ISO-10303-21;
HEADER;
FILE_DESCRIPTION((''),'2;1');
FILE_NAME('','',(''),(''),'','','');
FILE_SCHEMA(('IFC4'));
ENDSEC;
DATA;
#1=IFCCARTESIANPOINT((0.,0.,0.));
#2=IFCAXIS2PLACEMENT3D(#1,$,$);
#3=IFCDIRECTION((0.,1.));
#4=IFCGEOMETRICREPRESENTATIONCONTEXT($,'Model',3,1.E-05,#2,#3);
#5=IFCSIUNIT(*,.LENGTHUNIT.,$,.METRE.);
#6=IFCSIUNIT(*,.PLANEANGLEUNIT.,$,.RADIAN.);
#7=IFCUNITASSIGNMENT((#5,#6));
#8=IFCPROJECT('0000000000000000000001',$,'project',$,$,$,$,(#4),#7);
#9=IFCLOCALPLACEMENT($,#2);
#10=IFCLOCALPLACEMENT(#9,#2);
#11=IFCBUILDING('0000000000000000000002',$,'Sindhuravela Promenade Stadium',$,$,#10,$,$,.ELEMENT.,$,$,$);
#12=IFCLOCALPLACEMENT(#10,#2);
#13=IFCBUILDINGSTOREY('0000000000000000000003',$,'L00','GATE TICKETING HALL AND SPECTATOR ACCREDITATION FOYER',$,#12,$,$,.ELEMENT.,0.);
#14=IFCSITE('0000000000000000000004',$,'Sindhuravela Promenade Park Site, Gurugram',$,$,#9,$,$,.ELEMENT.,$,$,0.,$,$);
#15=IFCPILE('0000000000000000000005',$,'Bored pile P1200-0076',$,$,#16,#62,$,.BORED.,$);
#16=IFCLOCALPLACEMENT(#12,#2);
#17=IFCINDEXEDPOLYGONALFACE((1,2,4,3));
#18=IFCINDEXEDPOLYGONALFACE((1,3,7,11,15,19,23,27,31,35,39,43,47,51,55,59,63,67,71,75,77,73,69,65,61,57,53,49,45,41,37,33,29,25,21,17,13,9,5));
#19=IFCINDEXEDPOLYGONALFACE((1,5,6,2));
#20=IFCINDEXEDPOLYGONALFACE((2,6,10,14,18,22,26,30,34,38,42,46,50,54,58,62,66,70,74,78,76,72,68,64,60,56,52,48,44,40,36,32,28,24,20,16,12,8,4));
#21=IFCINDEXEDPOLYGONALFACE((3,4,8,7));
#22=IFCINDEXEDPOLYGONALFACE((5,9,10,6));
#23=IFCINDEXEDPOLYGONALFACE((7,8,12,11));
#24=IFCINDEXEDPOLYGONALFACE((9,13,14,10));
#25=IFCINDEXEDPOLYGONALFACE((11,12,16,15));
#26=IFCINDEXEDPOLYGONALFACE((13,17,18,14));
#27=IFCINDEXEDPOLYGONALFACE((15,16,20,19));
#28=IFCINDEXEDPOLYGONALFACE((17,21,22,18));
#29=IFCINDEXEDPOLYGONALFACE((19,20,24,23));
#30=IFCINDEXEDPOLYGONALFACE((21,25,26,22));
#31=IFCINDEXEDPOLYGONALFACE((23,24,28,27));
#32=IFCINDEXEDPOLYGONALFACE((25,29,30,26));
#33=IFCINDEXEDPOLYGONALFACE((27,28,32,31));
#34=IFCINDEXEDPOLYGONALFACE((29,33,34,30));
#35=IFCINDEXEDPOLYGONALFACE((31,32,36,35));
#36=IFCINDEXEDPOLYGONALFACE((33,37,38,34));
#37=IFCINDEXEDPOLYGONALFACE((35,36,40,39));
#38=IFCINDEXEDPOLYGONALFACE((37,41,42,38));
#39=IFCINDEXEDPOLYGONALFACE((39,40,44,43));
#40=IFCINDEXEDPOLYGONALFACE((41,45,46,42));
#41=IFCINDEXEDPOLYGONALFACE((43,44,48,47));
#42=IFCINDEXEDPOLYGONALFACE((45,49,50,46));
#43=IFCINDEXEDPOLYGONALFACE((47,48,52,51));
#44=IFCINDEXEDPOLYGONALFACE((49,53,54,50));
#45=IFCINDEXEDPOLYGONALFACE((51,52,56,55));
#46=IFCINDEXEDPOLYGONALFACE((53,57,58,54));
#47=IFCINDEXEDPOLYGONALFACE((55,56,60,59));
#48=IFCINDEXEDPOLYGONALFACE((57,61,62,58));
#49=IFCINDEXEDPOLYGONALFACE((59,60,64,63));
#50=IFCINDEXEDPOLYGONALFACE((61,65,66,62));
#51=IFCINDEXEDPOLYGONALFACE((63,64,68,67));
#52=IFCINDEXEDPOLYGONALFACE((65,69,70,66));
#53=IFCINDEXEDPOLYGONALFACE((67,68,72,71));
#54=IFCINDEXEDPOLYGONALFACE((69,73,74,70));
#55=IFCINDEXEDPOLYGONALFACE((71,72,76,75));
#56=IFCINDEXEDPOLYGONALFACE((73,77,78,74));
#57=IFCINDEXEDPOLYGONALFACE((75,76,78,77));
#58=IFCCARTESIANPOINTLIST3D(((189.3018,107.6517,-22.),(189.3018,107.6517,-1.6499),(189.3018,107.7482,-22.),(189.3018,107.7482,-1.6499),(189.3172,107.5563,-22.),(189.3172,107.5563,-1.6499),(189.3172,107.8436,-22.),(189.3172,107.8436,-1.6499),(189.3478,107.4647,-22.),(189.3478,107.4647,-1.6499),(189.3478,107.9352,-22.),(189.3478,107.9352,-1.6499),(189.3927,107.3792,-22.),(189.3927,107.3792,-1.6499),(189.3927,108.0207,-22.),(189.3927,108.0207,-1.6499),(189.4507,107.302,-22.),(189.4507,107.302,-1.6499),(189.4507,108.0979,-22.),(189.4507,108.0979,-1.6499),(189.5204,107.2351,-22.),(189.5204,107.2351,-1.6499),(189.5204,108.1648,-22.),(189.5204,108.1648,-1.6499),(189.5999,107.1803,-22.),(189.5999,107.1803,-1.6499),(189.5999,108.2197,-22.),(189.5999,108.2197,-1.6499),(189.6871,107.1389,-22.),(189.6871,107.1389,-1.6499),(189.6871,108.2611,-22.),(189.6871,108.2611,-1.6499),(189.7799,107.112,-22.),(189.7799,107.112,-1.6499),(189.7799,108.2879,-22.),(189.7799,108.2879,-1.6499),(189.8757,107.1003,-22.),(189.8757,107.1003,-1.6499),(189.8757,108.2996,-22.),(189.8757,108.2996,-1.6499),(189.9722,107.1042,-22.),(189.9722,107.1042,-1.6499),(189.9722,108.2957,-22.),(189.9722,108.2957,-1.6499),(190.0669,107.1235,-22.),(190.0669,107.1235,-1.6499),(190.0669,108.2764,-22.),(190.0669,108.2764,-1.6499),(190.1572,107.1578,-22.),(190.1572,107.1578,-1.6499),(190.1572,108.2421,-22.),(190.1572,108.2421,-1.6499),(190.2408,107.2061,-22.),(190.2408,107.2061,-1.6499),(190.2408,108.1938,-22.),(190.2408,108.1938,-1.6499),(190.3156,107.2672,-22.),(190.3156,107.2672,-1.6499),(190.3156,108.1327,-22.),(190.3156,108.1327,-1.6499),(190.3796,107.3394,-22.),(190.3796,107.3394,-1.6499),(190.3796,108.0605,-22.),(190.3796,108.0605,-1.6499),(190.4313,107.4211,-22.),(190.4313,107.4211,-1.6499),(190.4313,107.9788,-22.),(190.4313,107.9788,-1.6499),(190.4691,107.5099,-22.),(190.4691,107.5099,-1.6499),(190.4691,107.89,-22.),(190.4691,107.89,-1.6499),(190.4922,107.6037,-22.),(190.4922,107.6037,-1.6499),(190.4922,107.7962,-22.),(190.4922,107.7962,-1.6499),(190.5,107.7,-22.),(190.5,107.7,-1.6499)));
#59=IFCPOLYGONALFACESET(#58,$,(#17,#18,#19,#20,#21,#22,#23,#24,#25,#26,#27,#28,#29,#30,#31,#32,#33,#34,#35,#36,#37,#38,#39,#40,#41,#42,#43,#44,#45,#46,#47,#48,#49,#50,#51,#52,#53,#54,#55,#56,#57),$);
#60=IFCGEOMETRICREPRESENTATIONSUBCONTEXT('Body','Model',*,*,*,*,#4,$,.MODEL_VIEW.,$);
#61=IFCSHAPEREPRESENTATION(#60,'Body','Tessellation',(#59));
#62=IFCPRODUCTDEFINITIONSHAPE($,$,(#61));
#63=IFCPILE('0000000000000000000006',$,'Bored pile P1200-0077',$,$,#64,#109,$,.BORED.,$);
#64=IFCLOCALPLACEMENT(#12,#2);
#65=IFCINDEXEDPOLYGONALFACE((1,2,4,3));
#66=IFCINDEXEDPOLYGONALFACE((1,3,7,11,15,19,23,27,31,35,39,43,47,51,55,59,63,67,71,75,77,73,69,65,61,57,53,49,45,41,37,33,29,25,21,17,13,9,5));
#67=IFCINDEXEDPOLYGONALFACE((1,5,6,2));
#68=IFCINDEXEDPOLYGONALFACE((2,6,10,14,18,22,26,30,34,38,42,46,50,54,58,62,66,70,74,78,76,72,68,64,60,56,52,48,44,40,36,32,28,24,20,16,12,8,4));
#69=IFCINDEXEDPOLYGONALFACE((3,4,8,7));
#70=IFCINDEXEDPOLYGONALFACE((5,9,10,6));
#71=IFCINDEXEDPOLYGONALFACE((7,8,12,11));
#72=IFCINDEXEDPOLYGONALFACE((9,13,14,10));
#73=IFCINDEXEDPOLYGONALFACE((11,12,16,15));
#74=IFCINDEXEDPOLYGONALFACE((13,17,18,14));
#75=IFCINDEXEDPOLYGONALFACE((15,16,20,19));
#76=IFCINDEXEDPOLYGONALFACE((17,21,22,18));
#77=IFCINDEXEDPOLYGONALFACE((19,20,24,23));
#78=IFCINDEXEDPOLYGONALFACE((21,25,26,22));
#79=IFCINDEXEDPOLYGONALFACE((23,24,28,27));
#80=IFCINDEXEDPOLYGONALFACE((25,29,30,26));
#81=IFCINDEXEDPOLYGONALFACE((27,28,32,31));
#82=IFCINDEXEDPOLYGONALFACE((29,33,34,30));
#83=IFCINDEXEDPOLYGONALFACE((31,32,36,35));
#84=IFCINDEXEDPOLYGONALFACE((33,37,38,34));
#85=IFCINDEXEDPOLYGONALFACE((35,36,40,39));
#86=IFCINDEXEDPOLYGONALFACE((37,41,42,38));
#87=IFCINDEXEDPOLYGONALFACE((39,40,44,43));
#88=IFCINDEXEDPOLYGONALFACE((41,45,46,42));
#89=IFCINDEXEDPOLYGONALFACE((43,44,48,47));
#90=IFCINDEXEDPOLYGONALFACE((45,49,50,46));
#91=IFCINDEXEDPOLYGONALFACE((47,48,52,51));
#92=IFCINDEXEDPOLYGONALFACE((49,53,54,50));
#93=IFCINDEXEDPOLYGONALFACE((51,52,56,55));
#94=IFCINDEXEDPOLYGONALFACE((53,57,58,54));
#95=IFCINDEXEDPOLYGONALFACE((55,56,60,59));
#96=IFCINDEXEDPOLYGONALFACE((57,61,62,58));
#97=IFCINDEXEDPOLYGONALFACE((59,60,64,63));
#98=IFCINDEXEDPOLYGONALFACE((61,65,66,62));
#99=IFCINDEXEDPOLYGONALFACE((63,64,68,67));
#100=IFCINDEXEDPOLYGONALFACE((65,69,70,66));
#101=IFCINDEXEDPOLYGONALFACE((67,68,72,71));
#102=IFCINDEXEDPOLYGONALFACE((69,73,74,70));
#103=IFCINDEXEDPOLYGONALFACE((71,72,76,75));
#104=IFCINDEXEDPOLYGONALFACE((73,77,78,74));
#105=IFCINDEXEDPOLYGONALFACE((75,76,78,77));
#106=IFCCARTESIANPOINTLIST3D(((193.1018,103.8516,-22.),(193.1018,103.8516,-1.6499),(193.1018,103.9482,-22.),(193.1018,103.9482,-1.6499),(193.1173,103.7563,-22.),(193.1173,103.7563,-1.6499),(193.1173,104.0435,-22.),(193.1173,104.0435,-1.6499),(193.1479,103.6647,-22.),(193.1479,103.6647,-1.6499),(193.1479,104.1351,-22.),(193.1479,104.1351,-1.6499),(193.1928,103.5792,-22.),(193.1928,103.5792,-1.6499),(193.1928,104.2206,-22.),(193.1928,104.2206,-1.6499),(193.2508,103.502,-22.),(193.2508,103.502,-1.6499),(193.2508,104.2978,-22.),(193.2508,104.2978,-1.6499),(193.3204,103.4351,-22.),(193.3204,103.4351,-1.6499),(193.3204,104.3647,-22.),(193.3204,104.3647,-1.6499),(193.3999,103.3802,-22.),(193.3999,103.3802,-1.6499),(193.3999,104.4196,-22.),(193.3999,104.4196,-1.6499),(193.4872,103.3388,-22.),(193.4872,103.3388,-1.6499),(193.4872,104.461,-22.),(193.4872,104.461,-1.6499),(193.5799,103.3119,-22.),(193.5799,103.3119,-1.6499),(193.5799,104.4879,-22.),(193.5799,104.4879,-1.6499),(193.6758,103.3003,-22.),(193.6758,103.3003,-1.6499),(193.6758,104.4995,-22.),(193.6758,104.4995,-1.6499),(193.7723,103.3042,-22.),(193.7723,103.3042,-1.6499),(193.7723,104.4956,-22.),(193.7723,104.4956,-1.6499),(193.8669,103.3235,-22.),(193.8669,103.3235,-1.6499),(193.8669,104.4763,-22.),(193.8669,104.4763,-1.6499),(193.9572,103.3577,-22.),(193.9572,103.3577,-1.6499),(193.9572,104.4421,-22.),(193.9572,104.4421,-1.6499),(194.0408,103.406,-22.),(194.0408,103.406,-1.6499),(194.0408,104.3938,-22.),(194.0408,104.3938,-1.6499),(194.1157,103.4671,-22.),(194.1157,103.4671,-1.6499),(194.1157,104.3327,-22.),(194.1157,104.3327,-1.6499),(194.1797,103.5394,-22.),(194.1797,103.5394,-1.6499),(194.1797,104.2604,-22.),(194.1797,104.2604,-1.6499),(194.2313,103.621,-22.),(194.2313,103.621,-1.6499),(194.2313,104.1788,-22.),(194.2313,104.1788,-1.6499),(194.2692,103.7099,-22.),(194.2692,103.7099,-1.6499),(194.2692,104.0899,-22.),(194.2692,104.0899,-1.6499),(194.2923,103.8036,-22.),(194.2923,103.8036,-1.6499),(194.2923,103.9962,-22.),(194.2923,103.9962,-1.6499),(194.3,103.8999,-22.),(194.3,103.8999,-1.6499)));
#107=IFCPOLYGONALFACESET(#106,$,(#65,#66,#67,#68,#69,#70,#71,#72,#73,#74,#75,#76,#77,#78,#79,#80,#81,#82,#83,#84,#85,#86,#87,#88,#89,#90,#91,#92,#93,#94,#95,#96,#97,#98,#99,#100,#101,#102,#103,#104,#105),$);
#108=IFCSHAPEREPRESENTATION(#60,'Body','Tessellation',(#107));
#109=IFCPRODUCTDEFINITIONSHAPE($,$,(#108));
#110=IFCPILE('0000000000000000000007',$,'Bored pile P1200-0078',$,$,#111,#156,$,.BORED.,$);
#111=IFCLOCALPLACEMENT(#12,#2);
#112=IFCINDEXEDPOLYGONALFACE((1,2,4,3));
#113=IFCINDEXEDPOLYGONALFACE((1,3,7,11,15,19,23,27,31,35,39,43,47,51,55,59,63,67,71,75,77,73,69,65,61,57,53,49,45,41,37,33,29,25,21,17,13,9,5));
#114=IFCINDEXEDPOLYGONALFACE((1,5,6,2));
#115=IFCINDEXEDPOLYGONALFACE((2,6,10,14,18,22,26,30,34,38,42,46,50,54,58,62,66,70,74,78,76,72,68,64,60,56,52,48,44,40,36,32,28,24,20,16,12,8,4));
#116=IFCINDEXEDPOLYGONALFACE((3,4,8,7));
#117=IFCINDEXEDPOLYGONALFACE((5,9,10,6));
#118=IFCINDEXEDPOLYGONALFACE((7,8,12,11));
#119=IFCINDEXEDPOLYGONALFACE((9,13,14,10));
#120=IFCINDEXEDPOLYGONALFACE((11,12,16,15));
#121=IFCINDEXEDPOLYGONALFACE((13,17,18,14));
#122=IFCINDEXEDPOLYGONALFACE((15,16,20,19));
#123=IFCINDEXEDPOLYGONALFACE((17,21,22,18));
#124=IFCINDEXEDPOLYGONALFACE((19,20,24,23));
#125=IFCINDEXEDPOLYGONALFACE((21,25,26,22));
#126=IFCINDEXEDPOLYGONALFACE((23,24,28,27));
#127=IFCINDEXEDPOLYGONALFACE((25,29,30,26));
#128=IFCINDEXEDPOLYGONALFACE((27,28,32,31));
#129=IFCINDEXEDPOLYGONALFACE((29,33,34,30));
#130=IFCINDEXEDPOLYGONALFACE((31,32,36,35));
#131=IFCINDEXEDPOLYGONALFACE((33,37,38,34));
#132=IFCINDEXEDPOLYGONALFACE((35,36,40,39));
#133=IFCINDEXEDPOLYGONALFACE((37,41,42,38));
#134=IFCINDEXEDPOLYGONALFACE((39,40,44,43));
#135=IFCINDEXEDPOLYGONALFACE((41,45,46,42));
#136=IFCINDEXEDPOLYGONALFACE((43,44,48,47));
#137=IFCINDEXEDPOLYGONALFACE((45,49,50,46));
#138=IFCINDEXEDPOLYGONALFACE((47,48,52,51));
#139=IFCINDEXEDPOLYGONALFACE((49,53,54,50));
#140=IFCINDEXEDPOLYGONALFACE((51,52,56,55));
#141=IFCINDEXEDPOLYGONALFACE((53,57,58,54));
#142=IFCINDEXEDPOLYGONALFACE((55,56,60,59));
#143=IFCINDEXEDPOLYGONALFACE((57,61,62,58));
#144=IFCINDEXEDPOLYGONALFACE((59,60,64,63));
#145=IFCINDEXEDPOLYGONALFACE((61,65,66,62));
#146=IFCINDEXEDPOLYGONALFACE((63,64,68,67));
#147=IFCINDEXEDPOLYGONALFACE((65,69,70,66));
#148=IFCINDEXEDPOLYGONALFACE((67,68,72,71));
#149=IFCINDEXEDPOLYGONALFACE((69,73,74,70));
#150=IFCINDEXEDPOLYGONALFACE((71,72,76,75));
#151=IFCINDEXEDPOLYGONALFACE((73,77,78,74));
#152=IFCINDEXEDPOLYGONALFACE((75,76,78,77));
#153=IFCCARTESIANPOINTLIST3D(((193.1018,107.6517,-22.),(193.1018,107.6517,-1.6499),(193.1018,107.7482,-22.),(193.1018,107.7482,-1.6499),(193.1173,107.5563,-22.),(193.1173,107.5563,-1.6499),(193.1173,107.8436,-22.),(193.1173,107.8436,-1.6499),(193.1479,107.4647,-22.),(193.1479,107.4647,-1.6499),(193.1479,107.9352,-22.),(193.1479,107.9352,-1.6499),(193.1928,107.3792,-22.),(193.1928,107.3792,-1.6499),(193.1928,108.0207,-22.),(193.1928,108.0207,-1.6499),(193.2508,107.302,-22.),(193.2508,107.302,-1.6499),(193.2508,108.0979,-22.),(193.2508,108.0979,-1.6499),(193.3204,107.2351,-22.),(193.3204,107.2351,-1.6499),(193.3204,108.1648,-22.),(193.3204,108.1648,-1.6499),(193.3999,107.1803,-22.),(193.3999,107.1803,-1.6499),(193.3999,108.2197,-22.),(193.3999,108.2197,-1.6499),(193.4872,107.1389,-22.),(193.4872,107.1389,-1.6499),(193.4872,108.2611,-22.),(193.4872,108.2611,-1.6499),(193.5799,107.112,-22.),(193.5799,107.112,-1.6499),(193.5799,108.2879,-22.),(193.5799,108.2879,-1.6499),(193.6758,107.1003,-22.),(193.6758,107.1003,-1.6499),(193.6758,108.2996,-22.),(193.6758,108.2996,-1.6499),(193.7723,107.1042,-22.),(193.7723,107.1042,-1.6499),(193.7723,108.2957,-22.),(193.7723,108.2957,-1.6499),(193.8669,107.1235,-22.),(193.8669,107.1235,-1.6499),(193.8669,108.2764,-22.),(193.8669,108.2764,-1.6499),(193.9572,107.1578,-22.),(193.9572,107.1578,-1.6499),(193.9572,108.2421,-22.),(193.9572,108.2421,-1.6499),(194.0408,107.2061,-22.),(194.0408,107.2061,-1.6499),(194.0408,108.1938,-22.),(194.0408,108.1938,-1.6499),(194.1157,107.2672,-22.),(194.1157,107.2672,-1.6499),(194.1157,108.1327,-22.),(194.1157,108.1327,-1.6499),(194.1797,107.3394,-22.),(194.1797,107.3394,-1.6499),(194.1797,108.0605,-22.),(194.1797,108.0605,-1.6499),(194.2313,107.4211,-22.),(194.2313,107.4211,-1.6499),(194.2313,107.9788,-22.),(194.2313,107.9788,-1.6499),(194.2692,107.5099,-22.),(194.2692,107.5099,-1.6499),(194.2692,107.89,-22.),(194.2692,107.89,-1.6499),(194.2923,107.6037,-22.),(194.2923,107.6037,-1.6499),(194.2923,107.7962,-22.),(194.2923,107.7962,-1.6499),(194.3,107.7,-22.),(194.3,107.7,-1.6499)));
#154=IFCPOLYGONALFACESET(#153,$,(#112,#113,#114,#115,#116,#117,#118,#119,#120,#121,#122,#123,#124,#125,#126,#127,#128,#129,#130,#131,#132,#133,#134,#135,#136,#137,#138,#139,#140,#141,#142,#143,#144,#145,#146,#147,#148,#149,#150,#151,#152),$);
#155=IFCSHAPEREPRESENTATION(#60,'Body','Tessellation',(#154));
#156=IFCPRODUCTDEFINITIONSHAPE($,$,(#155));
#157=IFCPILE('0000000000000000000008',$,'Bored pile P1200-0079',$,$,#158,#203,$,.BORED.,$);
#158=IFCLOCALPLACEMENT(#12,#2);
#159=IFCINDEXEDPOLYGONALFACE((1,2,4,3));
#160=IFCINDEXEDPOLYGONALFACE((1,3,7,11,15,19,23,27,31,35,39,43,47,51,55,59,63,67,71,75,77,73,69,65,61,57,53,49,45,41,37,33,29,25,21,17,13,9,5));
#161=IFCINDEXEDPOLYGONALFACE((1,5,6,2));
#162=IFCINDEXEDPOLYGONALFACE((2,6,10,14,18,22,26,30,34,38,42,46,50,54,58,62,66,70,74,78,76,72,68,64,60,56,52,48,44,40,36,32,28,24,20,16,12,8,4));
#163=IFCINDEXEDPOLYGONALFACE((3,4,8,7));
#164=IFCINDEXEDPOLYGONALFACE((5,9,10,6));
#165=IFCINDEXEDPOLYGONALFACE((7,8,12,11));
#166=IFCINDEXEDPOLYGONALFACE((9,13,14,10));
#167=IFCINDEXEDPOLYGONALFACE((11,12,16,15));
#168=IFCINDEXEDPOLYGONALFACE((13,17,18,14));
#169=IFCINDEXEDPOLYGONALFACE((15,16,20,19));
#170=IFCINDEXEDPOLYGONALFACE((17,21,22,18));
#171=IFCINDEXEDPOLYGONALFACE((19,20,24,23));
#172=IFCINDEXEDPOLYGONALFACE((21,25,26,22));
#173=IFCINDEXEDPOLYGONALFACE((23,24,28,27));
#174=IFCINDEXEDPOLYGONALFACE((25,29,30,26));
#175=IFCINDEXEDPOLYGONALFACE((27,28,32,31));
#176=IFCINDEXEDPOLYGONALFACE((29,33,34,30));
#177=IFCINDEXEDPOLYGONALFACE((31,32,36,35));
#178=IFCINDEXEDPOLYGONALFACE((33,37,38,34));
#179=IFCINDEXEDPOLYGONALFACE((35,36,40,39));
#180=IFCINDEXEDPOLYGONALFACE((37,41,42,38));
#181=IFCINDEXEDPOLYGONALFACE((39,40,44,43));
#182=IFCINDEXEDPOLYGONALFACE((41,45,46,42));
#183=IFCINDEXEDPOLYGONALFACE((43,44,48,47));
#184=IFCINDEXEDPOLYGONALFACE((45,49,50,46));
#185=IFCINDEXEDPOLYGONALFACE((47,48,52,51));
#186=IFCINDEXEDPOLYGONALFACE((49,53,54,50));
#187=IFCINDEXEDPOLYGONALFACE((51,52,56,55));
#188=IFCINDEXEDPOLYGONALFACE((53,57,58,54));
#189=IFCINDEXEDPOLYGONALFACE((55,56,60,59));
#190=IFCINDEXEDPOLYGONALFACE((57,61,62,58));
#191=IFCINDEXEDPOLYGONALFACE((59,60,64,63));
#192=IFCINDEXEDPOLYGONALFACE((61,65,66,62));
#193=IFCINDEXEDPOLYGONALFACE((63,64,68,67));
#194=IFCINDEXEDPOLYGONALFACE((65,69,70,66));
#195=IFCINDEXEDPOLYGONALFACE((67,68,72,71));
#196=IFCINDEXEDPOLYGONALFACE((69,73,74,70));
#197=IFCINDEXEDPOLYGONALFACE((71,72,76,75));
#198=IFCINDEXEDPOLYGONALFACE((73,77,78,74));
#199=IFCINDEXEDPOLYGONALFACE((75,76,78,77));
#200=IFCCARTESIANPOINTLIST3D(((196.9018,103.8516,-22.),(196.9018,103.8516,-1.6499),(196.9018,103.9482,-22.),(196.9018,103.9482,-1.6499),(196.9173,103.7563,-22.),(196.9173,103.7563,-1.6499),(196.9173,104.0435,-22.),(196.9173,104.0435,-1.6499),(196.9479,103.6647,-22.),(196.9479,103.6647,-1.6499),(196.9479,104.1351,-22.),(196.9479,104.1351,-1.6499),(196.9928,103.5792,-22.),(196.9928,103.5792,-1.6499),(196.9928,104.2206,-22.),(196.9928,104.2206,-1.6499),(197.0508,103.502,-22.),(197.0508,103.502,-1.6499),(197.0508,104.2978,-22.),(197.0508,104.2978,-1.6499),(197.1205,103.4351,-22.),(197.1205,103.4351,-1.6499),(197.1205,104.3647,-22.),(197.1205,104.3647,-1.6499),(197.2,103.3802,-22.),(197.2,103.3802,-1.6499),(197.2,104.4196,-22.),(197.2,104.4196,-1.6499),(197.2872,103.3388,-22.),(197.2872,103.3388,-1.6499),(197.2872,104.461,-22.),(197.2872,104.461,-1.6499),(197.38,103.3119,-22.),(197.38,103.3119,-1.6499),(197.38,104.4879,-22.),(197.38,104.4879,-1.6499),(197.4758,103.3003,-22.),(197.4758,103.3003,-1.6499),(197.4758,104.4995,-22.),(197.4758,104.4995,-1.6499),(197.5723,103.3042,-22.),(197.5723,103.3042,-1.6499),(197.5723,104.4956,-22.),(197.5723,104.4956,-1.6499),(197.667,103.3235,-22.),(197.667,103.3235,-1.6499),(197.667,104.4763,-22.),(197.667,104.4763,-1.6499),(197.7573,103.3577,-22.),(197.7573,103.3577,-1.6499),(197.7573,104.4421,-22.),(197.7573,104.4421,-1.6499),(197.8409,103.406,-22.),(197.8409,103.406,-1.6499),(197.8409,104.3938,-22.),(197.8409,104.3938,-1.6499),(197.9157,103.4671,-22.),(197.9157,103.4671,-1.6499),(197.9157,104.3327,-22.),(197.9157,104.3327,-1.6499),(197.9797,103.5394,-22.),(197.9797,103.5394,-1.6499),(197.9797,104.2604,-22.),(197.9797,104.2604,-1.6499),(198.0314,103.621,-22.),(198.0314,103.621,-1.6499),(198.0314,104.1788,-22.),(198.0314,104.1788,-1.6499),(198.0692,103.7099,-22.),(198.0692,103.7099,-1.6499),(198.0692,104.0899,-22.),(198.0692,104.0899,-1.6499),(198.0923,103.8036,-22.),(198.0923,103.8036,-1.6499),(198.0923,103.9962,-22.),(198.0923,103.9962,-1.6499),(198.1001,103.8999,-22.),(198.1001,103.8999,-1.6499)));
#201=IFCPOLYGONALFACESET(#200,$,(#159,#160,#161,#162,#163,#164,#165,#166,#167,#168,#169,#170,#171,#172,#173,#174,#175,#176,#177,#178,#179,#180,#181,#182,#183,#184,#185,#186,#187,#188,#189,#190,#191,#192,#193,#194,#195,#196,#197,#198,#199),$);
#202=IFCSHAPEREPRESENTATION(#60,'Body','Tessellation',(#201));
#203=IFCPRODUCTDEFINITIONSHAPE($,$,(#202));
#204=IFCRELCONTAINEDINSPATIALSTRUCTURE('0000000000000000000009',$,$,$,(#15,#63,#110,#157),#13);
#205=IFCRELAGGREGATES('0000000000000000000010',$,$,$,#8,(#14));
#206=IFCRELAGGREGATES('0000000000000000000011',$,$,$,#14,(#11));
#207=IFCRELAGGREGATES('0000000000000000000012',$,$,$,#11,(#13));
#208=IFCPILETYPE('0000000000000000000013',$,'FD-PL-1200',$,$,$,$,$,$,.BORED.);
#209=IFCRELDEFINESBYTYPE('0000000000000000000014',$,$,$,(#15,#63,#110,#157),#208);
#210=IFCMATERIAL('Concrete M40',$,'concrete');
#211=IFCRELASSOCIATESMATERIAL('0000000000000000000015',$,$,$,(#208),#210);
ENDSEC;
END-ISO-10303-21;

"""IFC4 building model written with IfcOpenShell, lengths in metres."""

from ifc_helpers import new_model, si_unit, direction, frame, origin, origin_2d, place, context, subcontext, project, spatial, circle, extrude, material, material_profile, profile_set, type_object, element, save


model = new_model("IFC4")

# Units and contexts
model_context = context("Model", 3, precision=1e-05, world=origin(), true_north=direction((0.0, 1.0)))
body_context = subcontext(model_context, "Body", "Model", "MODEL_VIEW")
ifc_project = project(units=[si_unit("LENGTHUNIT", "METRE"), si_unit("PLANEANGLEUNIT", "RADIAN")], contexts=[model_context])

# Site, building, storey
site_placement = place(None, origin())
site = spatial("IfcSite", under=ifc_project, at=site_placement, Name="Sindhuravela Promenade Park Site, Gurugram", CompositionType="ELEMENT", RefElevation=0.0)
building_placement = place(site_placement, origin())
building = spatial("IfcBuilding", under=site, at=building_placement, Name="Sindhuravela Promenade Stadium", CompositionType="ELEMENT")
storey_placement = place(building_placement, origin())
storey = spatial("IfcBuildingStorey", under=building, at=storey_placement, Name="L00", Description="GATE TICKETING HALL AND SPECTATOR ACCREDITATION FOYER", CompositionType="ELEMENT", Elevation=0.0)

# Piles
ifc_material_1 = material(Name="Concrete M40", Category="concrete")
ifc_material_profile_1 = material_profile(ifc_material_1, circle(Radius=0.6001, at=origin_2d()), Name="BORED PILE D1200")
ifc_profile_set_1 = profile_set([ifc_material_profile_1], Name="Concrete M40")
pile_type_1 = type_object("IfcPileType", Name="FD-PL-1200", PredefinedType="BORED", material=ifc_profile_set_1)
for number, where, z_axis, x_axis, name in (
    (1, (189.8999, 107.7, -1.6499), (0.0, 0.0, -1.0), (1.0, 0.0, 0.0), "Bored pile P1200-0076"),
    (2, (193.7, 103.8999, -1.6499), (0.0, 0.0, -1.0), (1.0, 0.0, 0.0), "Bored pile P1200-0077"),
    (3, (193.7, 107.7, -1.6499), (0.0, 0.0, -1.0), (1.0, 0.0, 0.0), "Bored pile P1200-0078"),
    (4, (197.5, 103.8999, -1.6499), (0.0, 0.0, -1.0), (1.0, 0.0, 0.0), "Bored pile P1200-0079"),
):
    element("IfcPile", number, at=place(storey_placement, frame(where, z_axis=z_axis, x_axis=x_axis)), inside=storey, type_object=pile_type_1, Name=name, PredefinedType="BORED", context=body_context, shape_type="SweptSolid", body=[
        extrude(circle(Radius=0.6001, at=origin_2d()), origin(), (0.0, 0.0, 1.0), 20.3501),
    ])

save(model, "model.ifc")
